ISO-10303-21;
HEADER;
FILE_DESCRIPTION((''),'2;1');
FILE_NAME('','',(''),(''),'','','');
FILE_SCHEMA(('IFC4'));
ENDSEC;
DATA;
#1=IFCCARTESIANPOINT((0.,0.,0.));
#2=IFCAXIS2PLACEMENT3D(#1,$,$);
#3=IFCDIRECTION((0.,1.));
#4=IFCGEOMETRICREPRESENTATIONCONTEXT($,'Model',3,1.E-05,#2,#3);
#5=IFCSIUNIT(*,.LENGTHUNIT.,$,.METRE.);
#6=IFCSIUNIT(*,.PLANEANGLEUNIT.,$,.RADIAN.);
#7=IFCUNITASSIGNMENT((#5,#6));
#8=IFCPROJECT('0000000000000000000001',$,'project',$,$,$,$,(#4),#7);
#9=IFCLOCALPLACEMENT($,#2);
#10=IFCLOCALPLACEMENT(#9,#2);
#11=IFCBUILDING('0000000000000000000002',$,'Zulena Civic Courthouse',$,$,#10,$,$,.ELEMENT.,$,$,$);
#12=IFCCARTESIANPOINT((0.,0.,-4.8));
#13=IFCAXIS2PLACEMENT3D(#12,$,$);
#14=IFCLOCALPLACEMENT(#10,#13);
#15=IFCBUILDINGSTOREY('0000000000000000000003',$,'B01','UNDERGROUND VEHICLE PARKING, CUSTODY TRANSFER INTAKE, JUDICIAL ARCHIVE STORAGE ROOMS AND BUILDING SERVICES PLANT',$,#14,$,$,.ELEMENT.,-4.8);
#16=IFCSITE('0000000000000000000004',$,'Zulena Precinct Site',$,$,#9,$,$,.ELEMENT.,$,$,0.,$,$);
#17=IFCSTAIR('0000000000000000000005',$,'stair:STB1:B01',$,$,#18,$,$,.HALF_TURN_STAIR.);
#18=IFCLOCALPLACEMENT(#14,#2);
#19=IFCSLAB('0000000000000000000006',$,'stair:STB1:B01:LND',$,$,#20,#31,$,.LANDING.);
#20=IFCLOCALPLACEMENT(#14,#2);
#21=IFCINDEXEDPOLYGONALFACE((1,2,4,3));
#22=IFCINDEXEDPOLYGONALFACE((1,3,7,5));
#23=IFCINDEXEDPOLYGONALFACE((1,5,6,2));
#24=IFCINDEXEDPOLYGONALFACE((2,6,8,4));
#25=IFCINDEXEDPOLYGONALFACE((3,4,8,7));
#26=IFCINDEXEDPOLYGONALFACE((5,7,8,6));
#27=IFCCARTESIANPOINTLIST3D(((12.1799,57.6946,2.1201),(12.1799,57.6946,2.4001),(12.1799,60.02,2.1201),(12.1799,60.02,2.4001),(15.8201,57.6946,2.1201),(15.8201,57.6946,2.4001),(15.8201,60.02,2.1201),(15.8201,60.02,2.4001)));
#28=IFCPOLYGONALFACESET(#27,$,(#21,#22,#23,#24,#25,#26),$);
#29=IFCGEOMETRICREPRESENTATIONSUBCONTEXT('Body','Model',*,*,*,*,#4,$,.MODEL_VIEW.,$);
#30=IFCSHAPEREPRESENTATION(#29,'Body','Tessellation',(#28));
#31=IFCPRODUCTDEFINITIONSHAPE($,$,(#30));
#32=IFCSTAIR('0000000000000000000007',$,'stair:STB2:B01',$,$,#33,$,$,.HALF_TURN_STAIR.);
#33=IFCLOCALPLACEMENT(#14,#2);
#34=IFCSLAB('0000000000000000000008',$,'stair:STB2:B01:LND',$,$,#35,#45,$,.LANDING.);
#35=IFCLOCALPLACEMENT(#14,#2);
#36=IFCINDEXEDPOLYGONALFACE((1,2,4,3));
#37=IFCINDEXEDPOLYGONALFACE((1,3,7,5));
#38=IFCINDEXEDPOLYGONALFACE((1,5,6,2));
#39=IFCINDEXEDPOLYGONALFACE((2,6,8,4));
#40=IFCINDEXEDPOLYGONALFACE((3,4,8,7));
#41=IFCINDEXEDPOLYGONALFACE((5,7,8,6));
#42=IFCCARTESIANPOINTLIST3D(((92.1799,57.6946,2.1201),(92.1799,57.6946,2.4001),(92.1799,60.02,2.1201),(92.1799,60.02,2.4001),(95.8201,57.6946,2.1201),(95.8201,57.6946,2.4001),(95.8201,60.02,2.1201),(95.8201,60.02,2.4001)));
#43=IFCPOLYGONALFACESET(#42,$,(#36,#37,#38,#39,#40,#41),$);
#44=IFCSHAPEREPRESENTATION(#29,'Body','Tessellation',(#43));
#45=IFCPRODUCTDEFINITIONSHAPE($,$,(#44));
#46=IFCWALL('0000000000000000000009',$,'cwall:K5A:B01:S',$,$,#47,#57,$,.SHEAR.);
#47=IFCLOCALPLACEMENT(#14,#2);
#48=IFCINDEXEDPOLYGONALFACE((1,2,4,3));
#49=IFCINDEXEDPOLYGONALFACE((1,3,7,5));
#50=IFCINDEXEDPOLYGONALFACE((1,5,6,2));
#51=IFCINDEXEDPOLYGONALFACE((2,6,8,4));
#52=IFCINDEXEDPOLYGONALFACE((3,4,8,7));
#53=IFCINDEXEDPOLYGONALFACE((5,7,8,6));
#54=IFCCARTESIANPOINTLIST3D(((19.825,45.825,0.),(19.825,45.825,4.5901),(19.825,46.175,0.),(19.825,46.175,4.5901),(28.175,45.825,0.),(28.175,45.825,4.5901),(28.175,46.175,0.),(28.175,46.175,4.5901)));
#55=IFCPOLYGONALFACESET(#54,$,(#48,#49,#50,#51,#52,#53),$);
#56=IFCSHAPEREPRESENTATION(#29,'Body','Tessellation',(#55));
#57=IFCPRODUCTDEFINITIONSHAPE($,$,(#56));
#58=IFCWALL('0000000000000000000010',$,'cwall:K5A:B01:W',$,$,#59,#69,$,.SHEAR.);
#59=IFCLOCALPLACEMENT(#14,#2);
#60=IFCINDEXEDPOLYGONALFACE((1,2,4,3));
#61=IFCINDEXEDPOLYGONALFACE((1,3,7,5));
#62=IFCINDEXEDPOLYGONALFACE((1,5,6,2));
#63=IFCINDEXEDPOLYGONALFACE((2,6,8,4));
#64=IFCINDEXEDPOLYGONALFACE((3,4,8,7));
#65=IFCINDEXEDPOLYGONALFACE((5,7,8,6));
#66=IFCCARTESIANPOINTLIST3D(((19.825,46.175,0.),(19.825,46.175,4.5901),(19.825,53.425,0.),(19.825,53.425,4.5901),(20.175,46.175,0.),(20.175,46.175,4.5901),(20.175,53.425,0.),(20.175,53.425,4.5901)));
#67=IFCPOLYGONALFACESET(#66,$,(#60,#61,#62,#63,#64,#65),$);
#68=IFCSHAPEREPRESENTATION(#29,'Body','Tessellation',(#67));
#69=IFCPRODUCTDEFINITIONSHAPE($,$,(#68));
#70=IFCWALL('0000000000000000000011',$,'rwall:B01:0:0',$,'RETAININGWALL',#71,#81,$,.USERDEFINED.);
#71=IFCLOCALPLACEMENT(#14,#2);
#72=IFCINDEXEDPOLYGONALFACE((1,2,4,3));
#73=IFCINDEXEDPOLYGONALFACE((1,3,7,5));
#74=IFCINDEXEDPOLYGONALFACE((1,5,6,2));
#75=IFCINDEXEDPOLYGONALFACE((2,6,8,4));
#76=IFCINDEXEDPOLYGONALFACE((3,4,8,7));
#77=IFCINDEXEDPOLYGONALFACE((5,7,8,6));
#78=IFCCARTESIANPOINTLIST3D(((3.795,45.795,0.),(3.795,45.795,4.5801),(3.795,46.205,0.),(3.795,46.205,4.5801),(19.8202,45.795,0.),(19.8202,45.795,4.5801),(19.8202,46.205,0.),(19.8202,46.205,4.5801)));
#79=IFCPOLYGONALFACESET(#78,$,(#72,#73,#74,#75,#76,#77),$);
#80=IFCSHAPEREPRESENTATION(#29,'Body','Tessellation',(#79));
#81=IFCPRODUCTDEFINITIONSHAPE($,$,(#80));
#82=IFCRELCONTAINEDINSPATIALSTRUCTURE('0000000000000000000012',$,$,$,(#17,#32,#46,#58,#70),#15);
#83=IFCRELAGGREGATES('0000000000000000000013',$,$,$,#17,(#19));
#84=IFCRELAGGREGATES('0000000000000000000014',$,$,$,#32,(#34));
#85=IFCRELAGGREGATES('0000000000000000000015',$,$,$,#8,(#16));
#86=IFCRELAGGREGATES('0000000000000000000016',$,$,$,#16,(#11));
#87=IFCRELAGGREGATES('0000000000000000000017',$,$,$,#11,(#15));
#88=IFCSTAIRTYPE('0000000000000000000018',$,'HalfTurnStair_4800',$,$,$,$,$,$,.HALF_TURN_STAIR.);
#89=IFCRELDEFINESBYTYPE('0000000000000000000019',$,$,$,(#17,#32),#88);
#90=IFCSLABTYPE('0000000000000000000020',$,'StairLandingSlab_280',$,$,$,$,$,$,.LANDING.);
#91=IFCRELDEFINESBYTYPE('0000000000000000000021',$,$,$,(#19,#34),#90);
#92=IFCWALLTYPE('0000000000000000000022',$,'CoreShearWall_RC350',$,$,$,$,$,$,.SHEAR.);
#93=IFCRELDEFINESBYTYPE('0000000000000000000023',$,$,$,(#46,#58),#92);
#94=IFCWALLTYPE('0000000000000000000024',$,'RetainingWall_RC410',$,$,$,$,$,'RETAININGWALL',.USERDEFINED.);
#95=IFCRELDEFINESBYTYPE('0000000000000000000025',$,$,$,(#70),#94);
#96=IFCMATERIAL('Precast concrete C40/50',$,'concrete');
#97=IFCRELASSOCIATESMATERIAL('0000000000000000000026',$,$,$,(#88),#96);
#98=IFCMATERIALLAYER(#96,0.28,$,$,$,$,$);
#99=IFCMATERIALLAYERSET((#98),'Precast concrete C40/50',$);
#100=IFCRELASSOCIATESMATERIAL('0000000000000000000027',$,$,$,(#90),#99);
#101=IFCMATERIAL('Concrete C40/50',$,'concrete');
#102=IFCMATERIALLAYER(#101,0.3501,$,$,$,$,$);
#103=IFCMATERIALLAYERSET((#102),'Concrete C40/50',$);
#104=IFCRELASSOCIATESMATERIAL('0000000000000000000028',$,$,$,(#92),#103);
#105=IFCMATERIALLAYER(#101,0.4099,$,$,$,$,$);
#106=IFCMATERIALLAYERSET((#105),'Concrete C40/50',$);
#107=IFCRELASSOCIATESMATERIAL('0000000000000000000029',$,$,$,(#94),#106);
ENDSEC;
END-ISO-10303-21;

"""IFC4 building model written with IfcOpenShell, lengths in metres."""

from ifc_helpers import new_model, si_unit, direction, frame, frame_2d, origin, place, context, subcontext, project, spatial, polyline, rectangle, outline, extrude, material, layer, layer_set, type_object, element, aggregate, save


model = new_model("IFC4")

# Units and contexts
model_context = context("Model", 3, precision=1e-05, world=origin(), true_north=direction((0.0, 1.0)))
body_context = subcontext(model_context, "Body", "Model", "MODEL_VIEW")
ifc_project = project(units=[si_unit("LENGTHUNIT", "METRE"), si_unit("PLANEANGLEUNIT", "RADIAN")], contexts=[model_context])

# Site, building, storey
site_placement = place(None, origin())
site = spatial("IfcSite", under=ifc_project, at=site_placement, Name="Zulena Precinct Site", CompositionType="ELEMENT", RefElevation=0.0)
building_placement = place(site_placement, origin())
building = spatial("IfcBuilding", under=site, at=building_placement, Name="Zulena Civic Courthouse", CompositionType="ELEMENT")
storey_placement = place(building_placement, frame((0.0, 0.0, -4.8)))
storey = spatial("IfcBuildingStorey", under=building, at=storey_placement, Name="B01", Description="UNDERGROUND VEHICLE PARKING, CUSTODY TRANSFER INTAKE, JUDICIAL ARCHIVE STORAGE ROOMS AND BUILDING SERVICES PLANT", CompositionType="ELEMENT", Elevation=-4.8)

# Shared definitions
ifc_material_1 = material(Name="Concrete C40/50", Category="concrete")

# Stairs, slabs
ifc_material_2 = material(Name="Precast concrete C40/50", Category="concrete")
stair_type = type_object("IfcStairType", Name="HalfTurnStair_4800", PredefinedType="HALF_TURN_STAIR", material=ifc_material_2)
ifc_layer_1 = layer(ifc_material_2, 0.28)
ifc_layer_set_1 = layer_set([ifc_layer_1], Name="Precast concrete C40/50")
slab_type_1 = type_object("IfcSlabType", Name="StairLandingSlab_280", PredefinedType="LANDING", material=ifc_layer_set_1)
stair_1_placement = place(storey_placement, origin())
stair_1 = element("IfcStair", 1, at=stair_1_placement, inside=storey, type_object=stair_type, Name="stair:STB1:B01", PredefinedType="HALF_TURN_STAIR")
slab_1_placement = place(storey_placement, frame((0.0, 0.0, 2.1201)))
slab_1 = element("IfcSlab", 2, at=slab_1_placement, type_object=slab_type_1, Name="stair:STB1:B01:LND", PredefinedType="LANDING", context=body_context, shape_type="SweptSolid", body=[
    extrude(outline(polyline([(12.1799, 57.6946), (15.8201, 57.6946), (15.8201, 60.02), (12.1799, 60.02), (12.1799, 57.6946)])), origin(), (0.0, 0.0, 1.0), 0.28),
])
aggregate(stair_1, [slab_1])
stair_2_placement = place(storey_placement, origin())
stair_2 = element("IfcStair", 3, at=stair_2_placement, inside=storey, type_object=stair_type, Name="stair:STB2:B01", PredefinedType="HALF_TURN_STAIR")
slab_2_placement = place(storey_placement, frame((0.0, 0.0, 2.1201)))
slab_2 = element("IfcSlab", 4, at=slab_2_placement, type_object=slab_type_1, Name="stair:STB2:B01:LND", PredefinedType="LANDING", context=body_context, shape_type="SweptSolid", body=[
    extrude(outline(polyline([(92.1799, 57.6946), (95.8201, 57.6946), (95.8201, 60.02), (92.1799, 60.02), (92.1799, 57.6946)])), origin(), (0.0, 0.0, 1.0), 0.28),
])
aggregate(stair_2, [slab_2])

# Walls
ifc_layer_2 = layer(ifc_material_1, 0.3501)
ifc_layer_set_2 = layer_set([ifc_layer_2], Name="Concrete C40/50")
wall_type_1 = type_object("IfcWallType", Name="CoreShearWall_RC350", PredefinedType="SHEAR", material=ifc_layer_set_2)
wall_1_placement = place(storey_placement, frame((19.825, 46.0, 0.0), z_axis=(0.0, 0.0, 1.0), x_axis=(1.0, 0.0, 0.0)))
element("IfcWall", 5, at=wall_1_placement, inside=storey, type_object=wall_type_1, Name="cwall:K5A:B01:S", PredefinedType="SHEAR", context=body_context, shape_type="SweptSolid", body=[
    extrude(rectangle(XDim=8.3501, YDim=0.3501, at=frame_2d((4.175, 0.0))), origin(), (0.0, 0.0, 1.0), 4.5901),
])
wall_2_placement = place(storey_placement, frame((20.0, 46.175, 0.0), z_axis=(0.0, 0.0, 1.0), x_axis=(0.0, 1.0, 0.0)))
element("IfcWall", 6, at=wall_2_placement, inside=storey, type_object=wall_type_1, Name="cwall:K5A:B01:W", PredefinedType="SHEAR", context=body_context, shape_type="SweptSolid", body=[
    extrude(rectangle(XDim=7.25, YDim=0.3501, at=frame_2d((3.625, 0.0))), origin(), (0.0, 0.0, 1.0), 4.5901),
])
ifc_layer_3 = layer(ifc_material_1, 0.4099)
ifc_layer_set_3 = layer_set([ifc_layer_3], Name="Concrete C40/50")
wall_type_2 = type_object("IfcWallType", Name="RetainingWall_RC410", ElementType="RETAININGWALL", PredefinedType="USERDEFINED", material=ifc_layer_set_3)
wall_3_placement = place(storey_placement, frame((3.7949, 46.0, 0.0), z_axis=(0.0, 0.0, 1.0), x_axis=(1.0, 0.0, 0.0)))
element("IfcWall", 7, at=wall_3_placement, inside=storey, type_object=wall_type_2, Name="rwall:B01:0:0", ObjectType="RETAININGWALL", PredefinedType="USERDEFINED", context=body_context, shape_type="SweptSolid", body=[
    extrude(rectangle(XDim=16.0251, YDim=0.4099, at=frame_2d((8.0127, 0.0))), origin(), (0.0, 0.0, 1.0), 4.5801),
])

save(model, "model.ifc")
